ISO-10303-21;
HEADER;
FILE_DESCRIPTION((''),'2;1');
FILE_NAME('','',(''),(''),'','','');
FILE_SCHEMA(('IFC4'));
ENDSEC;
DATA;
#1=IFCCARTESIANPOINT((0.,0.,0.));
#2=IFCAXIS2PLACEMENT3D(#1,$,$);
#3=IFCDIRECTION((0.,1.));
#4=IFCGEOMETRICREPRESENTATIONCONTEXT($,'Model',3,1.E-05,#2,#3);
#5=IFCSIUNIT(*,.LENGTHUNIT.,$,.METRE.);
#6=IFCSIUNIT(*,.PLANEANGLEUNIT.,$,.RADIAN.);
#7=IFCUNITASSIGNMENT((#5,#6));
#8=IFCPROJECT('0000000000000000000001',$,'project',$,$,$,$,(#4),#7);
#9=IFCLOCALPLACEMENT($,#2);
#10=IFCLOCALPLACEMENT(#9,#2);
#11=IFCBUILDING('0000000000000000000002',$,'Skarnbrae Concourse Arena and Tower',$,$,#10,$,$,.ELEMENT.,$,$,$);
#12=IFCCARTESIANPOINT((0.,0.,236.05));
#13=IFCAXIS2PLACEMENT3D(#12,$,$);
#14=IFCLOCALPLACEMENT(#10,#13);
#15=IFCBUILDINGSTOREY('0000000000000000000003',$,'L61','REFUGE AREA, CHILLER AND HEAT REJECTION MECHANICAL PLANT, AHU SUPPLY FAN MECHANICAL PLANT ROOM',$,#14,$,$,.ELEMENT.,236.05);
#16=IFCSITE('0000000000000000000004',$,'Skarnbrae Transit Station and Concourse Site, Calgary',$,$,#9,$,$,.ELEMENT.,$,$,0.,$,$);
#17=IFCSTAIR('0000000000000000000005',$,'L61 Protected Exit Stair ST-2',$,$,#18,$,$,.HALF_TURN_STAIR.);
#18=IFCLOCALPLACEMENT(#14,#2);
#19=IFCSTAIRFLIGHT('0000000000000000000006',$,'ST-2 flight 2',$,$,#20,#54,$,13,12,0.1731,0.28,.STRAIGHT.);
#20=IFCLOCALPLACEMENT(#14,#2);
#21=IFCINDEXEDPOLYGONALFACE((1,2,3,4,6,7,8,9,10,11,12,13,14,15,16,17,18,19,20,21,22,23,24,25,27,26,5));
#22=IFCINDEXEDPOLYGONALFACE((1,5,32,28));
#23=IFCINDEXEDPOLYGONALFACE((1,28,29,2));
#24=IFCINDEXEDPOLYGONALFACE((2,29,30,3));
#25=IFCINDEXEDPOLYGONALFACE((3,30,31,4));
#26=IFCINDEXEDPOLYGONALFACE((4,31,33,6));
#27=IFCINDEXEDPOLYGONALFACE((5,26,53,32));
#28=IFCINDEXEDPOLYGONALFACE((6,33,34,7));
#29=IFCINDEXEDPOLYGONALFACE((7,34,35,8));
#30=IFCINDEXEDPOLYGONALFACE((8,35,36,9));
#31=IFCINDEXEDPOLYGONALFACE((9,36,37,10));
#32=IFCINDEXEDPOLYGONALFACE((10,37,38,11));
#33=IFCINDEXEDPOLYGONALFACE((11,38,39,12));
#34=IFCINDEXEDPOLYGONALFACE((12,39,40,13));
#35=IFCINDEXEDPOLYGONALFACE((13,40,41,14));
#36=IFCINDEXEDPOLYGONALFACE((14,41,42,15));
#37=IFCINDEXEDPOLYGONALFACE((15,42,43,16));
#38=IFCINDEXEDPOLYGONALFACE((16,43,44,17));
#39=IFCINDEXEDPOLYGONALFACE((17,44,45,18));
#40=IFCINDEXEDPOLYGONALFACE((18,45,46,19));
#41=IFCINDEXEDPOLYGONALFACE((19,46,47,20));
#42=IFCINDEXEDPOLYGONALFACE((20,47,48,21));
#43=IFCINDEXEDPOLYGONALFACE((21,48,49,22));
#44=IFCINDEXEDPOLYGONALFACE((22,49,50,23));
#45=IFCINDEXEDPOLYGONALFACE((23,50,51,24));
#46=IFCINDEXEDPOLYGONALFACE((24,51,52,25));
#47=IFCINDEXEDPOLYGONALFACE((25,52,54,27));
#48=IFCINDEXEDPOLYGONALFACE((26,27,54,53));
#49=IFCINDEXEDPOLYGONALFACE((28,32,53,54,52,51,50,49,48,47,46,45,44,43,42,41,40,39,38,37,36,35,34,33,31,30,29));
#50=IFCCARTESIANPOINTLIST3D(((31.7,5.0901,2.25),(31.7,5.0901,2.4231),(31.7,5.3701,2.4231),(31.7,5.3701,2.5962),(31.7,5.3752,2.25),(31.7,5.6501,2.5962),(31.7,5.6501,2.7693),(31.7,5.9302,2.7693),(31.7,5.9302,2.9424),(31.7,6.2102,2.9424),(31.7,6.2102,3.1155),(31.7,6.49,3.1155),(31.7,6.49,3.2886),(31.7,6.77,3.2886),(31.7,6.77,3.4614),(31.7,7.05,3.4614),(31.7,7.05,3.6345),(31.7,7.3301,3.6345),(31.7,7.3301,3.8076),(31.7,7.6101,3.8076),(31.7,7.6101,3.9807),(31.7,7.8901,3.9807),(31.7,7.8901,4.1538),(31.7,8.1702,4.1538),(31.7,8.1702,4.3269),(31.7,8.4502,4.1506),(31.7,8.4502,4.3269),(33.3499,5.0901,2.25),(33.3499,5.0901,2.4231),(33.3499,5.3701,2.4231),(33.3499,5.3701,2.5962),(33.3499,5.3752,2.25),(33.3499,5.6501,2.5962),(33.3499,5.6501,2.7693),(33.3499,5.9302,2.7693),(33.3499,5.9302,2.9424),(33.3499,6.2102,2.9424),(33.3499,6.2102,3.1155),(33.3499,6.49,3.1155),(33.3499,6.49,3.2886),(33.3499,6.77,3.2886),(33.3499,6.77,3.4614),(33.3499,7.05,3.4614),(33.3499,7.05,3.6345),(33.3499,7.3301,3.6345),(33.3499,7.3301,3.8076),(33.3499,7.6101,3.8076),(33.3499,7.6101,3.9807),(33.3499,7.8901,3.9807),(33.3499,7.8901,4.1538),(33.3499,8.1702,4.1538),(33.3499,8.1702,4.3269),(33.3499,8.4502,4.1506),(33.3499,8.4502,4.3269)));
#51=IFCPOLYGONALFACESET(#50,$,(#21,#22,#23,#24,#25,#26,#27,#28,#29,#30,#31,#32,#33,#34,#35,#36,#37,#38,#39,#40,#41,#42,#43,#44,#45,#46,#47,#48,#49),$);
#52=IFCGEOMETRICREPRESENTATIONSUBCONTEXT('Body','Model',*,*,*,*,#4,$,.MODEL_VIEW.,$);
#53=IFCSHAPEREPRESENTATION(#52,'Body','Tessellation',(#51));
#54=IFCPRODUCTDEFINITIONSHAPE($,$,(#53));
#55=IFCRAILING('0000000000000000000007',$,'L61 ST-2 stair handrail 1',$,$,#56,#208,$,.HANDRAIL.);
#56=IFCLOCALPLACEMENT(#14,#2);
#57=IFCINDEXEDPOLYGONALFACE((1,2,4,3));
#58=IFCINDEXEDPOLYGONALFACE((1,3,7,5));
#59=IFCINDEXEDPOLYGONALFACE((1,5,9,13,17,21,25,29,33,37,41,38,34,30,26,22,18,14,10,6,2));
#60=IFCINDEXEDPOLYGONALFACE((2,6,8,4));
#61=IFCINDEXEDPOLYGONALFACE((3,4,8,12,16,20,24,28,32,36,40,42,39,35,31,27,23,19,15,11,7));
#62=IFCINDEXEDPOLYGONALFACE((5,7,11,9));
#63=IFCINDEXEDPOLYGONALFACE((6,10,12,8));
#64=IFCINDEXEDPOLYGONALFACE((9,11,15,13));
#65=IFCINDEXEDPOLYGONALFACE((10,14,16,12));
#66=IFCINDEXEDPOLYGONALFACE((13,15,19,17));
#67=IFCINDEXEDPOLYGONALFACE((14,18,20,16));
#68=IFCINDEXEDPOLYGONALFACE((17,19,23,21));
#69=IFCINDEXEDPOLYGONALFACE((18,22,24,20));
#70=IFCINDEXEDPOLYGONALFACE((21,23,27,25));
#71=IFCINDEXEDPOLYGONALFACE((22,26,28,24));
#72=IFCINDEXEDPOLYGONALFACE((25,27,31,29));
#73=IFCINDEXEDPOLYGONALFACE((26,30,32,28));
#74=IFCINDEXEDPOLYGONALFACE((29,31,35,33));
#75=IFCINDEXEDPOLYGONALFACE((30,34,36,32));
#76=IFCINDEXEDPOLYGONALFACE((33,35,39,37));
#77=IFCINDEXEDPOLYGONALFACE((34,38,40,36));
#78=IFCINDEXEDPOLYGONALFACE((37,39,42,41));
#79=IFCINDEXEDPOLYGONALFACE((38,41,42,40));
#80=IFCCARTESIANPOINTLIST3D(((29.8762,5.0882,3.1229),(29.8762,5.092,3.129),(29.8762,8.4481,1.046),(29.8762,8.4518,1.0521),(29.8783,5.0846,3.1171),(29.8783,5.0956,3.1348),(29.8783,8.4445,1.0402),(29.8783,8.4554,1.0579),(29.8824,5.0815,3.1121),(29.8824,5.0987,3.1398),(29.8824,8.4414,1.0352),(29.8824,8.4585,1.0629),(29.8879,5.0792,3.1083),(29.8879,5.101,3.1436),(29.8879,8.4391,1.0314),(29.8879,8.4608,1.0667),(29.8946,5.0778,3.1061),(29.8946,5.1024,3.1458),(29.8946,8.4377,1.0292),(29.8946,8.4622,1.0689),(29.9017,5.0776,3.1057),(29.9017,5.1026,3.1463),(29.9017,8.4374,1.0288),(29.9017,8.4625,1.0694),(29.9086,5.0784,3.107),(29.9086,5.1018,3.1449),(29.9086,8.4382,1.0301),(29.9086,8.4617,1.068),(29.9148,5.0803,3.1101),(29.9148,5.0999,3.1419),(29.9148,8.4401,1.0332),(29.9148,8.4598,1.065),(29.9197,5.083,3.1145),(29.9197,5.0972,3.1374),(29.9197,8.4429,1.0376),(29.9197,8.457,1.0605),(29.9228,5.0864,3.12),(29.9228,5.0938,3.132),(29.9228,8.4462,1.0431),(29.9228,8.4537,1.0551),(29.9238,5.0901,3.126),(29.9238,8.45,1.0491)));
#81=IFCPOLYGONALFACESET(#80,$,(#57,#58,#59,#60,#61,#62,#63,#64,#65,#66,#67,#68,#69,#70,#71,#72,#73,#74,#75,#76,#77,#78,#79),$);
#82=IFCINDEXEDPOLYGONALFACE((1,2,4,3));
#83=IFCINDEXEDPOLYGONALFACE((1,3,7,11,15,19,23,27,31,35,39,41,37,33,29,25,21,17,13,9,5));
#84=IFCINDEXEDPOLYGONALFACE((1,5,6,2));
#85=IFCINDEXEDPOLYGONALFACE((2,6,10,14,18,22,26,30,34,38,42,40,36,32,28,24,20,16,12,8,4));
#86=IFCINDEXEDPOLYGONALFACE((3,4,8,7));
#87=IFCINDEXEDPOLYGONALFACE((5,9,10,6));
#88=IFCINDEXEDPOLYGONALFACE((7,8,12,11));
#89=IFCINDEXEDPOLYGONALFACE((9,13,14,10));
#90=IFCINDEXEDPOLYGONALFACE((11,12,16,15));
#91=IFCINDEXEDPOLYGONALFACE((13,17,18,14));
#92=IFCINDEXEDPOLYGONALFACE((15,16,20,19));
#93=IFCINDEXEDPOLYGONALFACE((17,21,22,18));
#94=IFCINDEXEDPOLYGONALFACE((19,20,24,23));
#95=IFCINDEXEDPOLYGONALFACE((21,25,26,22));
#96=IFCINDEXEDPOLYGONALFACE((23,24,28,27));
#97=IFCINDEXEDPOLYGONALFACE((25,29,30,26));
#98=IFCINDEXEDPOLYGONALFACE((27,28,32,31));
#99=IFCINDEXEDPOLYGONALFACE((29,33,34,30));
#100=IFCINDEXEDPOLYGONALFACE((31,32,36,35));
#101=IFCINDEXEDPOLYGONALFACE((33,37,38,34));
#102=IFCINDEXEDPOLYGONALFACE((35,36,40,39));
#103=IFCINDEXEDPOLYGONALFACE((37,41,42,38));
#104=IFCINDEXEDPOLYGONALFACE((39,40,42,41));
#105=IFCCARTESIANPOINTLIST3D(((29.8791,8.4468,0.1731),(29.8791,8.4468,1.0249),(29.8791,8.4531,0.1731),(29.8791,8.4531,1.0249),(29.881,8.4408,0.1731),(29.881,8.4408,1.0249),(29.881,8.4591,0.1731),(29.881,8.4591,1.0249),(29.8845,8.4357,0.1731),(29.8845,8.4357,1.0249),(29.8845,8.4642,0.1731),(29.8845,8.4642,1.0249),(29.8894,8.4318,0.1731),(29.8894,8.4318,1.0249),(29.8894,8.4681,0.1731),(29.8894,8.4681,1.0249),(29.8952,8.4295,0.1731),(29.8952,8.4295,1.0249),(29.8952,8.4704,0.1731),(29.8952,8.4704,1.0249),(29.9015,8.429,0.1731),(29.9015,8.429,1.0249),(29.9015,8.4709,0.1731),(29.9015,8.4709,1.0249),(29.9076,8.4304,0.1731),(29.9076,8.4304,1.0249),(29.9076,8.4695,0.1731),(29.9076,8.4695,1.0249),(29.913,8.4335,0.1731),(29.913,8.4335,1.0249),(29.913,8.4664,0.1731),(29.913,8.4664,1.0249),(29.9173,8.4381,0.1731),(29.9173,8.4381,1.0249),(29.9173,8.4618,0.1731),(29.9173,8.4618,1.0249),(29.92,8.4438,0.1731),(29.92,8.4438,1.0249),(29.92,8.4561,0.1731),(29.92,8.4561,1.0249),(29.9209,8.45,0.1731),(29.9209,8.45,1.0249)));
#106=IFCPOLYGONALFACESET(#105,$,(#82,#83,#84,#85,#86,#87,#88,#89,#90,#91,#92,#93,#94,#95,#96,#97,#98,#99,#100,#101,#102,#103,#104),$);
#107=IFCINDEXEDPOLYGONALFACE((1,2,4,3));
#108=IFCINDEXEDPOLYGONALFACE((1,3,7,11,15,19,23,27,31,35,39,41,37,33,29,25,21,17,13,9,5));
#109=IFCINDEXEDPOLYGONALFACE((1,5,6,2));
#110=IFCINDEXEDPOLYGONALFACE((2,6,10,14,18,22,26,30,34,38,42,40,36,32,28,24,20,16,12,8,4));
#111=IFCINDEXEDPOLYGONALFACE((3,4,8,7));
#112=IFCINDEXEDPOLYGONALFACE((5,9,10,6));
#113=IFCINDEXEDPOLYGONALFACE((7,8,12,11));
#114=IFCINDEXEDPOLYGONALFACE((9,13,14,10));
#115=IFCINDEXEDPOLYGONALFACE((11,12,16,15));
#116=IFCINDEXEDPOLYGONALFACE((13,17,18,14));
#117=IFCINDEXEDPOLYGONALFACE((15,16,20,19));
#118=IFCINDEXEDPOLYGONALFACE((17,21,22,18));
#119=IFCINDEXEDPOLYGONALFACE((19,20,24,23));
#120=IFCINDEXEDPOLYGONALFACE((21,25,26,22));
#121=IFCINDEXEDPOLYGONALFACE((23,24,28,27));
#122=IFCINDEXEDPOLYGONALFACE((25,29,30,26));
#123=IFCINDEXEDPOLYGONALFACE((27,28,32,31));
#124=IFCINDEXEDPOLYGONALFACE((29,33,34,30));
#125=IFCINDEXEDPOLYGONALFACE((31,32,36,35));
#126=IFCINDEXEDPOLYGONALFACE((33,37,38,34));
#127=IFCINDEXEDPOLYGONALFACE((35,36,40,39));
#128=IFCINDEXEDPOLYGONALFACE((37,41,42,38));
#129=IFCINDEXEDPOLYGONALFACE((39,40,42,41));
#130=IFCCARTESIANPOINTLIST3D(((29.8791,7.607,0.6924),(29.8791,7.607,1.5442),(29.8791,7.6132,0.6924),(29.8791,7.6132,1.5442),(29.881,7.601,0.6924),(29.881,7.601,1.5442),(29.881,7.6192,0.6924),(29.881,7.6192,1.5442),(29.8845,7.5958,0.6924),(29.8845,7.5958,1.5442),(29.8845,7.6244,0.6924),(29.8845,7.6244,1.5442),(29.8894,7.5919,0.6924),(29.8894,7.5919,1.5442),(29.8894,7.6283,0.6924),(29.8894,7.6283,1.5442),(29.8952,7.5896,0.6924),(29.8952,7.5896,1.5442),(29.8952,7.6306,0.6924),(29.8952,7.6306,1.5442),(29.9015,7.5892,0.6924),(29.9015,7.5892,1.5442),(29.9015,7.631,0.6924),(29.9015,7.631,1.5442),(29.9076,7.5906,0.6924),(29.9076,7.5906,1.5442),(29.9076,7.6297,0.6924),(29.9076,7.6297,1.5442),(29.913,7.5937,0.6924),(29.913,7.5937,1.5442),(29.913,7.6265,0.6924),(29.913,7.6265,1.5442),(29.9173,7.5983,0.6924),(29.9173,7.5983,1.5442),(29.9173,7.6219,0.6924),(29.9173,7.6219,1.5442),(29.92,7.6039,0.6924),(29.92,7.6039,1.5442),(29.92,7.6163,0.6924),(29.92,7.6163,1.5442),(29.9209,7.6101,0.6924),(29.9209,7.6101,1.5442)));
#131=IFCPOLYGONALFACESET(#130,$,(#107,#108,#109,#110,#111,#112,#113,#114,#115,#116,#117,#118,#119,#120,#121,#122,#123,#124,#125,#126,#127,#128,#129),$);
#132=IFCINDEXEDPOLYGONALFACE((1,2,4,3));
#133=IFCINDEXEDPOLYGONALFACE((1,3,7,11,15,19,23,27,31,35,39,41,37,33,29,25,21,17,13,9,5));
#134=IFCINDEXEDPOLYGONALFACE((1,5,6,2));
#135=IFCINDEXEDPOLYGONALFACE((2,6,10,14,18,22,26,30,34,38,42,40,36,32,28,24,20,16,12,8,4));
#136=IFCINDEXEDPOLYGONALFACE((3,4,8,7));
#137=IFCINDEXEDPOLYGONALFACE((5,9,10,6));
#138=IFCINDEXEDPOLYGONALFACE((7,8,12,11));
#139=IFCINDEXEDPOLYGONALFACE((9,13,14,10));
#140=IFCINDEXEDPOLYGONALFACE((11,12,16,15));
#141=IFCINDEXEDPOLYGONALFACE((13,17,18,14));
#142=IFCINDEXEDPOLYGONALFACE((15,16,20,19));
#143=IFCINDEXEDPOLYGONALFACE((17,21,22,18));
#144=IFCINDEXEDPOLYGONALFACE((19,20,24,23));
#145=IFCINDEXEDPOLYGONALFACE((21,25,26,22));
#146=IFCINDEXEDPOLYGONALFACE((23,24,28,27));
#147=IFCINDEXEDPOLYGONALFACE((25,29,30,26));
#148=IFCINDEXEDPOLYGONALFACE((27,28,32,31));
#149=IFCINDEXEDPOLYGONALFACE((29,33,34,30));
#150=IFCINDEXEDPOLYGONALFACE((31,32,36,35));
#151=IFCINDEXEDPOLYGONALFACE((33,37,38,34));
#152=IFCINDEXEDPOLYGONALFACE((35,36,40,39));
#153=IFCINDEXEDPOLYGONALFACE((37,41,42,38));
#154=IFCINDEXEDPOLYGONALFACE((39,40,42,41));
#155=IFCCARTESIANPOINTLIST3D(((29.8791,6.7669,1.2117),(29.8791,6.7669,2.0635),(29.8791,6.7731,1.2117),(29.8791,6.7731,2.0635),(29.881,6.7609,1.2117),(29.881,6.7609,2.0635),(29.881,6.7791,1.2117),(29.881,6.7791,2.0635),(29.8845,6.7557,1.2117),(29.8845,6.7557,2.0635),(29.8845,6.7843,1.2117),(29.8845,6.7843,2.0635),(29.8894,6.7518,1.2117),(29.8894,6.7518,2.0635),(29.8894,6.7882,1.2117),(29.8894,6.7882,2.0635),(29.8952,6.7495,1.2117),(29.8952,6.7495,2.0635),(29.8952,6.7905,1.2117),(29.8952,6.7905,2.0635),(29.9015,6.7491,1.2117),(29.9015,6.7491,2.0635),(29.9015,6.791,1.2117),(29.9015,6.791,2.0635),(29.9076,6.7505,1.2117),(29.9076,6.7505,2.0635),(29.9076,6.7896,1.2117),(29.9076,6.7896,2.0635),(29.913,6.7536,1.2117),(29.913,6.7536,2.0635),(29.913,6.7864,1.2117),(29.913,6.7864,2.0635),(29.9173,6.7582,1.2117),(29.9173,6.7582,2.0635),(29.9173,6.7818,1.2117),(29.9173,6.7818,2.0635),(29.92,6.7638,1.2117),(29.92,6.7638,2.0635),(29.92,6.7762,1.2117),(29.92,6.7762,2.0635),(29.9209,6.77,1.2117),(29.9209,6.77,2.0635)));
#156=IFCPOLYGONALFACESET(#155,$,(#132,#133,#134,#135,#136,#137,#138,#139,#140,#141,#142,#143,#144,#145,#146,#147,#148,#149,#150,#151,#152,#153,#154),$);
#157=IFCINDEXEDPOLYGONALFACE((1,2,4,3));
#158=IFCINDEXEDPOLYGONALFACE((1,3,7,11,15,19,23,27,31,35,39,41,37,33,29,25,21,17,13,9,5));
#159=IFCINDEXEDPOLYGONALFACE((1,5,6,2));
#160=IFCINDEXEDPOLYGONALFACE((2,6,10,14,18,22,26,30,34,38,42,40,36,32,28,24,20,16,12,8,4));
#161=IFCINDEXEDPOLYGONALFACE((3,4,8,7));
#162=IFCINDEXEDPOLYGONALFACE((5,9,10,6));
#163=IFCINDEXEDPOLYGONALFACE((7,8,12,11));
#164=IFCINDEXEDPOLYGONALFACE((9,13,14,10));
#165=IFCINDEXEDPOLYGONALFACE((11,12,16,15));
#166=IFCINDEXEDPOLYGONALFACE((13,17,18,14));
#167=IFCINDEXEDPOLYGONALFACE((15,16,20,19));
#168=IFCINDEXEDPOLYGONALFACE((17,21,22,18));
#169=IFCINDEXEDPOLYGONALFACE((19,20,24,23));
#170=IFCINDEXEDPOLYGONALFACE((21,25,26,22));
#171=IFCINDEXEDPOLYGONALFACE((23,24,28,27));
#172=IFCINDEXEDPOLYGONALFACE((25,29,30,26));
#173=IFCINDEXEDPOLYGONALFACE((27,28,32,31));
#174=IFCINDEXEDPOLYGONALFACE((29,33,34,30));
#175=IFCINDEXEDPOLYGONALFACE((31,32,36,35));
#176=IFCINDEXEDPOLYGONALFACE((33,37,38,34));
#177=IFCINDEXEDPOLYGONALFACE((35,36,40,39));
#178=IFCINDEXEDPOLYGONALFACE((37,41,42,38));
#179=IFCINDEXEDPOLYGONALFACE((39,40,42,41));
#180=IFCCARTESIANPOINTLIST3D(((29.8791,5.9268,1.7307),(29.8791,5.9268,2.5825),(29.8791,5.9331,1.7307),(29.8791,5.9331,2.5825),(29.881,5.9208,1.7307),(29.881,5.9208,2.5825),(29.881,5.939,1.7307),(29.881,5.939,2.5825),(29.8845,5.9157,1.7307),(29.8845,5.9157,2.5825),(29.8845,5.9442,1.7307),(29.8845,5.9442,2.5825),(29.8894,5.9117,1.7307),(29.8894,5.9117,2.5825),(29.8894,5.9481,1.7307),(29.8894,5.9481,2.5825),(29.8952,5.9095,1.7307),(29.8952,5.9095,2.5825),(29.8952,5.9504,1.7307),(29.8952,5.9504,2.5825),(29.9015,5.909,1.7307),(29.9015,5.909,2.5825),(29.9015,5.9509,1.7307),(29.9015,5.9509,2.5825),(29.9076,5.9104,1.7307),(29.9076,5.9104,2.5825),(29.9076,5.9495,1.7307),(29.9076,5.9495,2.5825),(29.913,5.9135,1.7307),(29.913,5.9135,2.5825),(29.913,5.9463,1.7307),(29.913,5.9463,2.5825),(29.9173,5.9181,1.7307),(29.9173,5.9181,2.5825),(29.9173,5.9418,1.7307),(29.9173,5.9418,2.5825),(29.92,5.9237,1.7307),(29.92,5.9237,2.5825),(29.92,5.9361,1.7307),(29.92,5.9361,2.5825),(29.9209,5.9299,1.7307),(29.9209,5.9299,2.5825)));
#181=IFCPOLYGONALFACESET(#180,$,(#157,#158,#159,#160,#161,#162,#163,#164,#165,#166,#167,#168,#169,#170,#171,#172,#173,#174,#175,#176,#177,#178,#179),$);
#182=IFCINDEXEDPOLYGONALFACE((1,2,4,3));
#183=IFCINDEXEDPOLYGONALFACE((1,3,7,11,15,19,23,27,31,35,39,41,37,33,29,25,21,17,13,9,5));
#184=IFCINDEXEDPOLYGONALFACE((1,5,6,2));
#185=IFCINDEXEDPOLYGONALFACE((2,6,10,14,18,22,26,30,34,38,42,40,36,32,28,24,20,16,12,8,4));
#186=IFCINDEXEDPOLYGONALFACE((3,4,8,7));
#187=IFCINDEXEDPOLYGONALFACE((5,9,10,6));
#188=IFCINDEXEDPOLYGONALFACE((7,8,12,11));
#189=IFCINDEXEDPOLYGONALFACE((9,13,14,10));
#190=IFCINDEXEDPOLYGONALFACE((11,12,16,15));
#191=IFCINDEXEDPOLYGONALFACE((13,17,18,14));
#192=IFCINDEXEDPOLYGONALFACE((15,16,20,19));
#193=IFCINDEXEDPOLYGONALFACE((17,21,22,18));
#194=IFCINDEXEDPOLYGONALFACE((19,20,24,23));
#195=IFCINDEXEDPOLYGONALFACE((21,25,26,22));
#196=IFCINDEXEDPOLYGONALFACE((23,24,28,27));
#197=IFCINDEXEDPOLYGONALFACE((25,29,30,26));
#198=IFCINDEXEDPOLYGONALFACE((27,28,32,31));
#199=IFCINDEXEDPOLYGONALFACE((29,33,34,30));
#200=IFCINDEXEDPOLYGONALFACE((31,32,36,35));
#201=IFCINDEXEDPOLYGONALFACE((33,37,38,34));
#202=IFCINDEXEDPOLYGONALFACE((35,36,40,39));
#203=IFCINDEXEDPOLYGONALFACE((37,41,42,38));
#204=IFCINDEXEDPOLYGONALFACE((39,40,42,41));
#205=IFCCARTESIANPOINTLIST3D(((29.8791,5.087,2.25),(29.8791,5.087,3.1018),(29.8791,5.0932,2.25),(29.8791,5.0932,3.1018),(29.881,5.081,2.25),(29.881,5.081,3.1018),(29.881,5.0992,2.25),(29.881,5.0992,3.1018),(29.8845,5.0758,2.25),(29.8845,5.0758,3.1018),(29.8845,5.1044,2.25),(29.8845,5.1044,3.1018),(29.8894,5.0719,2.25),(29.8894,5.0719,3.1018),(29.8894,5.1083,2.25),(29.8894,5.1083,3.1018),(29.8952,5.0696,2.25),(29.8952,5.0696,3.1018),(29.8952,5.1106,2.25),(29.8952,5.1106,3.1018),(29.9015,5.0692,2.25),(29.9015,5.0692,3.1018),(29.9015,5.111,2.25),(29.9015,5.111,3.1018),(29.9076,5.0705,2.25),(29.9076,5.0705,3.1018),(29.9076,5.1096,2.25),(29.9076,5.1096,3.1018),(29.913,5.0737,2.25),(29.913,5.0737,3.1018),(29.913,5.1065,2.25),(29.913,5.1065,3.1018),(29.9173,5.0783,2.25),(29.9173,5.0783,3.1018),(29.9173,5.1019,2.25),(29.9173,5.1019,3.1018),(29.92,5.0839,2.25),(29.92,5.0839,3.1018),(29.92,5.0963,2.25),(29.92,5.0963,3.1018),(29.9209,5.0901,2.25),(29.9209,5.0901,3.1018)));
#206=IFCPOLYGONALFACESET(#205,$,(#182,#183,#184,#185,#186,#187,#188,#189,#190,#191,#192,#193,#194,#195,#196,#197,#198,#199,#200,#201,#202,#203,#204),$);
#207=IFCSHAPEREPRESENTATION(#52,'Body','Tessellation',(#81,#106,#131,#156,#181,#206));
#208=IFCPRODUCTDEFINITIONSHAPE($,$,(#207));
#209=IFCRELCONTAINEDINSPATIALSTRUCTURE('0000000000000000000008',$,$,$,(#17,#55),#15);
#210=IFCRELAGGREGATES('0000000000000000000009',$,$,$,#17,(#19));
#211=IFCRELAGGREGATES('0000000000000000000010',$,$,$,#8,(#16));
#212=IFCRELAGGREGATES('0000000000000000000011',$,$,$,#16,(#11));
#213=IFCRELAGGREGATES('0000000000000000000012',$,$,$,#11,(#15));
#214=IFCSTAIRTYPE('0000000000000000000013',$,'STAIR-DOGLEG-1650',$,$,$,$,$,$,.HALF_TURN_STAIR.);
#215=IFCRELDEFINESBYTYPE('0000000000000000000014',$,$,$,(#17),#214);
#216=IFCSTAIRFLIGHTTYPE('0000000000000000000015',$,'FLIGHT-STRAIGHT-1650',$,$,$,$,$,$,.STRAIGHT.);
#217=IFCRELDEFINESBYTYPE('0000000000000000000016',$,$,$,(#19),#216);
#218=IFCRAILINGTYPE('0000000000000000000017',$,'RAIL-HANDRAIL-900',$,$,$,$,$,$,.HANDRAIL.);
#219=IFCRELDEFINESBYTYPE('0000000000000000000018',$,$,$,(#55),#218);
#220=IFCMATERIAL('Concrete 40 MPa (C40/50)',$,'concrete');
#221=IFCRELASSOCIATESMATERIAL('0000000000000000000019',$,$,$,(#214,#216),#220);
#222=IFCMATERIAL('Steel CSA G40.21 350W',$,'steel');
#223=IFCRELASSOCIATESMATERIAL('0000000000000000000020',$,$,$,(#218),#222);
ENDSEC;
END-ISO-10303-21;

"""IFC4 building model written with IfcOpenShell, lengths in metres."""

from ifc_helpers import new_model, si_unit, direction, frame, origin, origin_2d, place, context, subcontext, project, spatial, polyline, circle, outline, extrude, source, transform, mapped, material, type_object, element, aggregate, save


model = new_model("IFC4")

# Units and contexts
model_context = context("Model", 3, precision=1e-05, world=origin(), true_north=direction((0.0, 1.0)))
body_context = subcontext(model_context, "Body", "Model", "MODEL_VIEW")
ifc_project = project(units=[si_unit("LENGTHUNIT", "METRE"), si_unit("PLANEANGLEUNIT", "RADIAN")], contexts=[model_context])

# Site, building, storey
site_placement = place(None, origin())
site = spatial("IfcSite", under=ifc_project, at=site_placement, Name="Skarnbrae Transit Station and Concourse Site, Calgary", CompositionType="ELEMENT", RefElevation=0.0)
building_placement = place(site_placement, origin())
building = spatial("IfcBuilding", under=site, at=building_placement, Name="Skarnbrae Concourse Arena and Tower", CompositionType="ELEMENT")
storey_placement = place(building_placement, frame((0.0, 0.0, 236.05)))
storey = spatial("IfcBuildingStorey", under=building, at=storey_placement, Name="L61", Description="REFUGE AREA, CHILLER AND HEAT REJECTION MECHANICAL PLANT, AHU SUPPLY FAN MECHANICAL PLANT ROOM", CompositionType="ELEMENT", Elevation=236.05)

# Shared definitions
ifc_material_1 = material(Name="Steel CSA G40.21 350W", Category="steel")

# Stair, stair flight
ifc_material_2 = material(Name="Concrete 40 MPa (C40/50)", Category="concrete")
stair_type = type_object("IfcStairType", Name="STAIR-DOGLEG-1650", PredefinedType="HALF_TURN_STAIR", material=ifc_material_2)
stair_placement = place(storey_placement, origin())
stair = element("IfcStair", 1, at=stair_placement, inside=storey, type_object=stair_type, Name="L61 Protected Exit Stair ST-2", PredefinedType="HALF_TURN_STAIR")
stair_flight_type = type_object("IfcStairFlightType", Name="FLIGHT-STRAIGHT-1650", PredefinedType="STRAIGHT", material=ifc_material_2)
shared_shape_1 = source(origin(), body_context, "Body", "SweptSolid", [
    extrude(outline(polyline([(0.0, 0.0), (0.0, 0.1731), (0.28, 0.1731), (0.28, 0.3462), (0.5601, 0.3462), (0.5601, 0.5193), (0.8401, 0.5193), (0.8401, 0.6924), (1.1201, 0.6924), (1.1201, 0.8655), (1.3999, 0.8655), (1.3999, 1.0386), (1.6799, 1.0386), (1.6799, 1.2114), (1.96, 1.2114), (1.96, 1.3845), (2.24, 1.3845), (2.24, 1.5576), (2.52, 1.5576), (2.52, 1.7307), (2.8, 1.7307), (2.8, 1.9038), (3.0801, 1.9038), (3.0801, 2.0769), (3.3601, 2.0769), (3.3601, 2.25), (3.3601, 1.9006), (0.2852, 0.0), (0.0, 0.0)])), frame((0.0, 0.825, 0.0), z_axis=(0.0, -1.0, 0.0), x_axis=(1.0, 0.0, 0.0)), (0.0, 0.0, 1.0), 1.6499),
])
stair_flight_1_placement = place(storey_placement, frame((32.5249, 5.0901, 2.25), z_axis=(0.0, 0.0, 1.0), x_axis=(0.0, 1.0, 0.0)))
stair_flight_1 = element("IfcStairFlight", 2, at=stair_flight_1_placement, type_object=stair_flight_type, Name="ST-2 flight 2", NumberOfRisers=13, NumberOfTreads=12, PredefinedType="STRAIGHT", RiserHeight=0.1731, TreadLength=0.28, context=body_context, shape_type="MappedRepresentation", body=[
    mapped(shared_shape_1, transform((0.0, 0.0, 0.0))),
])
aggregate(stair, [stair_flight_1])

# Railing
railing_type_1 = type_object("IfcRailingType", Name="RAIL-HANDRAIL-900", PredefinedType="HANDRAIL", material=ifc_material_1)
railing_1_placement = place(storey_placement, frame((29.8999, 8.45, 0.1731)))
element("IfcRailing", 3, at=railing_1_placement, inside=storey, type_object=railing_type_1, Name="L61 ST-2 stair handrail 1", PredefinedType="HANDRAIL", context=body_context, shape_type="SweptSolid", body=[
    extrude(circle(Radius=0.0239, at=origin_2d()), frame((0.0, 0.0, 0.876), z_axis=(0.0, -0.850606, 0.525803), x_axis=(1.0, 0.0, 0.0)), (0.0, 0.0, 1.0), 3.95),
    extrude(circle(Radius=0.021, at=origin_2d()), origin(), (0.0, 0.0, 1.0), 0.8518),
    extrude(circle(Radius=0.021, at=origin_2d()), frame((0.0, -0.8398, 0.5193)), (0.0, 0.0, 1.0), 0.8518),
    extrude(circle(Radius=0.021, at=origin_2d()), frame((0.0, -1.6799, 1.0386)), (0.0, 0.0, 1.0), 0.8518),
    extrude(circle(Radius=0.021, at=origin_2d()), frame((0.0, -2.52, 1.5576)), (0.0, 0.0, 1.0), 0.8518),
    extrude(circle(Radius=0.021, at=origin_2d()), frame((0.0, -3.3599, 2.0769)), (0.0, 0.0, 1.0), 0.8518),
])

save(model, "model.ifc")
